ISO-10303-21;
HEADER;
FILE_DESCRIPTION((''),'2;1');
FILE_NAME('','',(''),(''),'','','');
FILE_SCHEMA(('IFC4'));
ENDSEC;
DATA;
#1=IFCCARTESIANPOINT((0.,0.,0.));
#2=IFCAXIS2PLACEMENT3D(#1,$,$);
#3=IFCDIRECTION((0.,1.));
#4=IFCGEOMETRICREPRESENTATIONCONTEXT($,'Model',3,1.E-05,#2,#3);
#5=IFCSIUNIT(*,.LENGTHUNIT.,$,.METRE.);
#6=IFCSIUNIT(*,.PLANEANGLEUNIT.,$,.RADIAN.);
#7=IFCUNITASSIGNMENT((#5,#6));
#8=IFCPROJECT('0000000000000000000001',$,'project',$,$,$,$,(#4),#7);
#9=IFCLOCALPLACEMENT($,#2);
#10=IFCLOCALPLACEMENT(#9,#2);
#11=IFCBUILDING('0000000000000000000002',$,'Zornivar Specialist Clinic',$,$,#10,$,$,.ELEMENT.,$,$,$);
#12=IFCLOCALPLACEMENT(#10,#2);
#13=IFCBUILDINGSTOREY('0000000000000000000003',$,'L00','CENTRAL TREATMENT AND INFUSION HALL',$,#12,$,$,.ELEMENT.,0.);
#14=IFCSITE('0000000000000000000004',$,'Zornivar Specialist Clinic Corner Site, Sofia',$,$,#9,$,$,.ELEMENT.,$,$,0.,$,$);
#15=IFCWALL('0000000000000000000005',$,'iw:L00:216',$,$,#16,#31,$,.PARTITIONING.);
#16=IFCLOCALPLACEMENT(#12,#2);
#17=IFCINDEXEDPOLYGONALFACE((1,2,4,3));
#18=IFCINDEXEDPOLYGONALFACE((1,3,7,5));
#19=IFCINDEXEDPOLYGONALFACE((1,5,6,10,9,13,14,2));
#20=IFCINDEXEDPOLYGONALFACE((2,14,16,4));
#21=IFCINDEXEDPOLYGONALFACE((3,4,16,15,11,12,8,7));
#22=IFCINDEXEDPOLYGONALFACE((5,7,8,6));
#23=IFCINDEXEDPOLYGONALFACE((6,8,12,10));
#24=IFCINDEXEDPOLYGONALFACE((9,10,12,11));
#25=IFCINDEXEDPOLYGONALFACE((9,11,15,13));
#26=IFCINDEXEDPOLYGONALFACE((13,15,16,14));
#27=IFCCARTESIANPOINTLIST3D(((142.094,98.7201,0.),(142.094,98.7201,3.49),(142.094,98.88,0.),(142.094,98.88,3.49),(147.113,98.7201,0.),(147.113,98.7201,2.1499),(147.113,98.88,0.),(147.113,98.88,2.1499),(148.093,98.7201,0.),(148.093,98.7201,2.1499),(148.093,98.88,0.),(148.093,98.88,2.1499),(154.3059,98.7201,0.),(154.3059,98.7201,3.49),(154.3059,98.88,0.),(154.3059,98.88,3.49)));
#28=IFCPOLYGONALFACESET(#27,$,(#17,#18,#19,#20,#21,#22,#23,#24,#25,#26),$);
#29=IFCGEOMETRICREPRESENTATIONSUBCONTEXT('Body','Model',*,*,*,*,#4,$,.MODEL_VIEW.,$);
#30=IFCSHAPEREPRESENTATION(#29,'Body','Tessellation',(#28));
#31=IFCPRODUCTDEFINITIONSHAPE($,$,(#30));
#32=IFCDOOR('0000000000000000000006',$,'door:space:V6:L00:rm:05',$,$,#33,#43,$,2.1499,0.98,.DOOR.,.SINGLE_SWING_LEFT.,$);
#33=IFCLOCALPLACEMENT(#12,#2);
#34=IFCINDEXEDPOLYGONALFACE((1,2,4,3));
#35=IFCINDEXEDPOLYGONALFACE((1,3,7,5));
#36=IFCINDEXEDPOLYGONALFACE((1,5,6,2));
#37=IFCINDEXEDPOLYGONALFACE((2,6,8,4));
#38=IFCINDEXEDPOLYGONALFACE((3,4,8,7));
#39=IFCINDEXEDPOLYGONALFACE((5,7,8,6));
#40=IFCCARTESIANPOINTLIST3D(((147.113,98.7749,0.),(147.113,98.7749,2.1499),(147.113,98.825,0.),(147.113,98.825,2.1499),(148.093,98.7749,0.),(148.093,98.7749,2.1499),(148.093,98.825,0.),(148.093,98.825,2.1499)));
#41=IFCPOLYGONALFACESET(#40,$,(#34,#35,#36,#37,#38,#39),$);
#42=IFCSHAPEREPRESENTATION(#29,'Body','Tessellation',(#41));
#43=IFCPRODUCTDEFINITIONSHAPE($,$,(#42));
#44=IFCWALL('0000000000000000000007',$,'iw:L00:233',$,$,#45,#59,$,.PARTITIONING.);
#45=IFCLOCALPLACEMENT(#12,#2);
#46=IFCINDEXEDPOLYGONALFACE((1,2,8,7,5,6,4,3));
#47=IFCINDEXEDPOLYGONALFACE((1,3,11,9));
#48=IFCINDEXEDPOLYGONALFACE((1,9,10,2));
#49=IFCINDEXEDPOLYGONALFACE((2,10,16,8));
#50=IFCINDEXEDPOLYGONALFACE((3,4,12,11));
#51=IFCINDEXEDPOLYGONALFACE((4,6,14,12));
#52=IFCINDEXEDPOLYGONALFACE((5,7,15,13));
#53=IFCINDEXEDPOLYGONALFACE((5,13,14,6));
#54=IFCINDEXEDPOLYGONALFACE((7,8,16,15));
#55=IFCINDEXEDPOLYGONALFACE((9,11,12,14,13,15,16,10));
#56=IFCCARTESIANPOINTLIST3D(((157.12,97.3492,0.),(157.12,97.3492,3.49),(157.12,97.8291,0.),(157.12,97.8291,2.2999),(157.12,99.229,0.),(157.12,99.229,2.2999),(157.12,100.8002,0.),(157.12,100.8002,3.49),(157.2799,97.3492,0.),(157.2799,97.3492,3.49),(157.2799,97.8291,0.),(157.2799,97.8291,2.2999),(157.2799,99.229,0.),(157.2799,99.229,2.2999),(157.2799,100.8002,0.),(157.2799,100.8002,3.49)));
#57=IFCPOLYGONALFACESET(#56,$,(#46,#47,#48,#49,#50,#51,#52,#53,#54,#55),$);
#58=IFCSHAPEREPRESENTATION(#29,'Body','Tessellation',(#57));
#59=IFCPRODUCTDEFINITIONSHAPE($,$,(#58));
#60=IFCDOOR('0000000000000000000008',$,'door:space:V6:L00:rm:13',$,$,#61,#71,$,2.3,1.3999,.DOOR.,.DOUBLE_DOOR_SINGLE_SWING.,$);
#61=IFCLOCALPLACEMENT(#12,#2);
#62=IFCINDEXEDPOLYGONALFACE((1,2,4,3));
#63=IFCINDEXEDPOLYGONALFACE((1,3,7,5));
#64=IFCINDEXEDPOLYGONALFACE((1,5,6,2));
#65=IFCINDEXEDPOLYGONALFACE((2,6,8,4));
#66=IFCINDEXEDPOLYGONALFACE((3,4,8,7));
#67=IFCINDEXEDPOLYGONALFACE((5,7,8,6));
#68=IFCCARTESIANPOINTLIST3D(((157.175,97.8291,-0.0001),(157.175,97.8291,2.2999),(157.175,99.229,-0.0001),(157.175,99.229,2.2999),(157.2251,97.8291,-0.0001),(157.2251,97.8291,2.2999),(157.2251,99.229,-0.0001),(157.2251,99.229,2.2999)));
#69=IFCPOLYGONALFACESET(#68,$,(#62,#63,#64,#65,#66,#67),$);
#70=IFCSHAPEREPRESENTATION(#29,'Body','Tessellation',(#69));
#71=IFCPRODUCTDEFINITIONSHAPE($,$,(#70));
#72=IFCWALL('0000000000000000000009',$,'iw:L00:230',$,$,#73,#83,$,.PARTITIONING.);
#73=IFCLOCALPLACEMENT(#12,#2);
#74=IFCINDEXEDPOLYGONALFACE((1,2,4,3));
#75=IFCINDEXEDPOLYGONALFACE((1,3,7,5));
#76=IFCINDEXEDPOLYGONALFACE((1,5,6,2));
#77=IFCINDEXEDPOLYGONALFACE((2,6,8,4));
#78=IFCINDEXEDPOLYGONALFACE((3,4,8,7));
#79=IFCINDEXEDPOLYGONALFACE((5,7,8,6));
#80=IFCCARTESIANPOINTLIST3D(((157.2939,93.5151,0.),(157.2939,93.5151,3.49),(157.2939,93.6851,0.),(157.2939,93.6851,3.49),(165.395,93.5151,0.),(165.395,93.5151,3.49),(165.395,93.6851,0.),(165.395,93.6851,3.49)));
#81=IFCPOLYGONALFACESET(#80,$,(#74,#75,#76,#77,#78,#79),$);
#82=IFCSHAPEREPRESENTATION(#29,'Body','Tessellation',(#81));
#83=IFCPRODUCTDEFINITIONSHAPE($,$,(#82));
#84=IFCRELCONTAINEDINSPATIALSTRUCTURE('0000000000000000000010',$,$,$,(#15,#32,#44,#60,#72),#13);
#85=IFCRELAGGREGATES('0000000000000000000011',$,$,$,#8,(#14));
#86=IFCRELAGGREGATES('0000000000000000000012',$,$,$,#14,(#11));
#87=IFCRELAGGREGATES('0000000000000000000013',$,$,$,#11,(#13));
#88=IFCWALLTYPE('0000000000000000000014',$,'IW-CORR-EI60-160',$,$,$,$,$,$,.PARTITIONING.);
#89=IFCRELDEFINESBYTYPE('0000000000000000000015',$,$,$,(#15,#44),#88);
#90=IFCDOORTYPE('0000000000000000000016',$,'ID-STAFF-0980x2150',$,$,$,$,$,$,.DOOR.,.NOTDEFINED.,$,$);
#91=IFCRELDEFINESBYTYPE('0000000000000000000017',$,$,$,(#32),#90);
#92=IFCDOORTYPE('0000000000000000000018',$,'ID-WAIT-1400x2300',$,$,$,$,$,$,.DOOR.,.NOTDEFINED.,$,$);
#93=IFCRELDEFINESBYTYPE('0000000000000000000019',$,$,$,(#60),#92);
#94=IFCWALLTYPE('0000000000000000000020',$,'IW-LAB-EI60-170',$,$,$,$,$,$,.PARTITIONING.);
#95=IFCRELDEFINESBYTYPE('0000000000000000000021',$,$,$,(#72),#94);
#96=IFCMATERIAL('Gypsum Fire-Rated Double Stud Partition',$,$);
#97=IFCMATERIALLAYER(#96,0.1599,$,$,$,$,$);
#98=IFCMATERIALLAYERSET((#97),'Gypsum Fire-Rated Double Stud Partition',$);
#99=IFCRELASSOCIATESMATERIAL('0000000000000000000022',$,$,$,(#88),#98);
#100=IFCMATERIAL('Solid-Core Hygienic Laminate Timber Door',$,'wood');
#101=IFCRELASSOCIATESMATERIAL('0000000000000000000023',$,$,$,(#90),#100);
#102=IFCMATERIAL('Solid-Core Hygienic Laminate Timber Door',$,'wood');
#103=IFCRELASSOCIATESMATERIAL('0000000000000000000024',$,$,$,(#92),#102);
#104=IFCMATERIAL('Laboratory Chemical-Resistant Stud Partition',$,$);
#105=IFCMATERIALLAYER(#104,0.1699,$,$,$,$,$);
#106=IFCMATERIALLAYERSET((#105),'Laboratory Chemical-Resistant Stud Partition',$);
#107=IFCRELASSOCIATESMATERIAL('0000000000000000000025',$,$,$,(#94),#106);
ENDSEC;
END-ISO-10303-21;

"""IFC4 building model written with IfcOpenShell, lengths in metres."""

from ifc_helpers import new_model, si_unit, direction, frame, frame_2d, origin, place, context, subcontext, project, spatial, rectangle, extrude, material, layer, layer_set, type_object, element, fill, save


model = new_model("IFC4")

# Units and contexts
model_context = context("Model", 3, precision=1e-05, world=origin(), true_north=direction((0.0, 1.0)))
body_context = subcontext(model_context, "Body", "Model", "MODEL_VIEW")
ifc_project = project(units=[si_unit("LENGTHUNIT", "METRE"), si_unit("PLANEANGLEUNIT", "RADIAN")], contexts=[model_context])

# Site, building, storey
site_placement = place(None, origin())
site = spatial("IfcSite", under=ifc_project, at=site_placement, Name="Zornivar Specialist Clinic Corner Site, Sofia", CompositionType="ELEMENT", RefElevation=0.0)
building_placement = place(site_placement, origin())
building = spatial("IfcBuilding", under=site, at=building_placement, Name="Zornivar Specialist Clinic", CompositionType="ELEMENT")
storey_placement = place(building_placement, origin())
storey = spatial("IfcBuildingStorey", under=building, at=storey_placement, Name="L00", Description="CENTRAL TREATMENT AND INFUSION HALL", CompositionType="ELEMENT", Elevation=0.0)

# Shared definitions
ifc_material_1 = material(Name="Gypsum Fire-Rated Double Stud Partition")
ifc_layer_1 = layer(ifc_material_1, 0.1599)
ifc_layer_set_1 = layer_set([ifc_layer_1], Name="Gypsum Fire-Rated Double Stud Partition")
wall_type_1 = type_object("IfcWallType", Name="IW-CORR-EI60-160", PredefinedType="PARTITIONING", material=ifc_layer_set_1)
ifc_material_2 = material(Name="Solid-Core Hygienic Laminate Timber Door", Category="wood")
door_type_1 = type_object("IfcDoorType", Name="ID-STAFF-0980x2150", OperationType="NOTDEFINED", PredefinedType="DOOR", material=ifc_material_2)

# Walls, openings, doors
wall_1_placement = place(storey_placement, frame((142.094, 98.8, 0.0), z_axis=(0.0, 0.0, 1.0), x_axis=(1.0, 0.0, 0.0)))
wall_1 = element("IfcWall", 1, at=wall_1_placement, inside=storey, type_object=wall_type_1, Name="iw:L00:216", PredefinedType="PARTITIONING", context=body_context, shape_type="SweptSolid", body=[
    extrude(rectangle(XDim=12.2119, YDim=0.1599, at=frame_2d((6.106, 0.0))), origin(), (0.0, 0.0, 1.0), 3.49),
])
opening_1_placement = place(wall_1_placement, frame((5.019, 0.0, 0.0)))
opening_1 = element("IfcOpeningElement", 2, at=opening_1_placement, cuts=wall_1, PredefinedType="OPENING", context=body_context, shape_type="SweptSolid", body=[
    extrude(rectangle(XDim=0.98, YDim=2.1499, at=frame_2d((0.49, 1.075))), frame((0.0, 0.0898, 0.0), z_axis=(0.0, -1.0, 0.0), x_axis=(1.0, 0.0, 0.0)), (0.0, 0.0, 1.0), 0.1799),
])
door_1_placement = place(opening_1_placement, origin())
door_1 = element("IfcDoor", 3, at=door_1_placement, inside=storey, type_object=door_type_1, Name="door:space:V6:L00:rm:05", OperationType="SINGLE_SWING_LEFT", OverallHeight=2.1499, OverallWidth=0.98, PredefinedType="DOOR", context=body_context, shape_type="SweptSolid", body=[
    extrude(rectangle(XDim=0.98, YDim=2.1499, at=frame_2d((0.49, 1.075))), frame((0.0, 0.0249, 0.0), z_axis=(0.0, -1.0, 0.0), x_axis=(1.0, 0.0, 0.0)), (0.0, 0.0, 1.0), 0.05),
])
fill(opening_1, door_1)
wall_2_placement = place(storey_placement, frame((157.2, 97.3491, 0.0), z_axis=(0.0, 0.0, 1.0), x_axis=(0.0, 1.0, 0.0)))
wall_2 = element("IfcWall", 4, at=wall_2_placement, inside=storey, type_object=wall_type_1, Name="iw:L00:233", PredefinedType="PARTITIONING", context=body_context, shape_type="SweptSolid", body=[
    extrude(rectangle(XDim=3.4509, YDim=0.1599, at=frame_2d((1.7256, 0.0))), origin(), (0.0, 0.0, 1.0), 3.49),
])
opening_2_placement = place(wall_2_placement, frame((0.48, 0.0, 0.0)))
opening_2 = element("IfcOpeningElement", 5, at=opening_2_placement, cuts=wall_2, PredefinedType="OPENING", context=body_context, shape_type="SweptSolid", body=[
    extrude(rectangle(XDim=1.3999, YDim=2.3, at=frame_2d((0.7, 1.1499))), frame((0.0, 0.0898, 0.0), z_axis=(0.0, -1.0, 0.0), x_axis=(1.0, 0.0, 0.0)), (0.0, 0.0, 1.0), 0.1799),
])
ifc_material_3 = material(Name="Solid-Core Hygienic Laminate Timber Door", Category="wood")
door_type_2 = type_object("IfcDoorType", Name="ID-WAIT-1400x2300", OperationType="NOTDEFINED", PredefinedType="DOOR", material=ifc_material_3)
door_2_placement = place(opening_2_placement, origin())
door_2 = element("IfcDoor", 6, at=door_2_placement, inside=storey, type_object=door_type_2, Name="door:space:V6:L00:rm:13", OperationType="DOUBLE_DOOR_SINGLE_SWING", OverallHeight=2.3, OverallWidth=1.3999, PredefinedType="DOOR", context=body_context, shape_type="SweptSolid", body=[
    extrude(rectangle(XDim=1.3999, YDim=2.3, at=frame_2d((0.7, 1.1499))), frame((0.0, 0.0249, 0.0), z_axis=(0.0, -1.0, 0.0), x_axis=(1.0, 0.0, 0.0)), (0.0, 0.0, 1.0), 0.05),
])
fill(opening_2, door_2)

# Wall
ifc_material_4 = material(Name="Laboratory Chemical-Resistant Stud Partition")
ifc_layer_2 = layer(ifc_material_4, 0.1699)
ifc_layer_set_2 = layer_set([ifc_layer_2], Name="Laboratory Chemical-Resistant Stud Partition")
wall_type_2 = type_object("IfcWallType", Name="IW-LAB-EI60-170", PredefinedType="PARTITIONING", material=ifc_layer_set_2)
wall_3_placement = place(storey_placement, frame((157.2939, 93.6001, 0.0), z_axis=(0.0, 0.0, 1.0), x_axis=(1.0, 0.0, 0.0)))
element("IfcWall", 7, at=wall_3_placement, inside=storey, type_object=wall_type_2, Name="iw:L00:230", PredefinedType="PARTITIONING", context=body_context, shape_type="SweptSolid", body=[
    extrude(rectangle(XDim=8.1011, YDim=0.1699, at=frame_2d((4.0505, 0.0))), origin(), (0.0, 0.0, 1.0), 3.49),
])

save(model, "model.ifc")
